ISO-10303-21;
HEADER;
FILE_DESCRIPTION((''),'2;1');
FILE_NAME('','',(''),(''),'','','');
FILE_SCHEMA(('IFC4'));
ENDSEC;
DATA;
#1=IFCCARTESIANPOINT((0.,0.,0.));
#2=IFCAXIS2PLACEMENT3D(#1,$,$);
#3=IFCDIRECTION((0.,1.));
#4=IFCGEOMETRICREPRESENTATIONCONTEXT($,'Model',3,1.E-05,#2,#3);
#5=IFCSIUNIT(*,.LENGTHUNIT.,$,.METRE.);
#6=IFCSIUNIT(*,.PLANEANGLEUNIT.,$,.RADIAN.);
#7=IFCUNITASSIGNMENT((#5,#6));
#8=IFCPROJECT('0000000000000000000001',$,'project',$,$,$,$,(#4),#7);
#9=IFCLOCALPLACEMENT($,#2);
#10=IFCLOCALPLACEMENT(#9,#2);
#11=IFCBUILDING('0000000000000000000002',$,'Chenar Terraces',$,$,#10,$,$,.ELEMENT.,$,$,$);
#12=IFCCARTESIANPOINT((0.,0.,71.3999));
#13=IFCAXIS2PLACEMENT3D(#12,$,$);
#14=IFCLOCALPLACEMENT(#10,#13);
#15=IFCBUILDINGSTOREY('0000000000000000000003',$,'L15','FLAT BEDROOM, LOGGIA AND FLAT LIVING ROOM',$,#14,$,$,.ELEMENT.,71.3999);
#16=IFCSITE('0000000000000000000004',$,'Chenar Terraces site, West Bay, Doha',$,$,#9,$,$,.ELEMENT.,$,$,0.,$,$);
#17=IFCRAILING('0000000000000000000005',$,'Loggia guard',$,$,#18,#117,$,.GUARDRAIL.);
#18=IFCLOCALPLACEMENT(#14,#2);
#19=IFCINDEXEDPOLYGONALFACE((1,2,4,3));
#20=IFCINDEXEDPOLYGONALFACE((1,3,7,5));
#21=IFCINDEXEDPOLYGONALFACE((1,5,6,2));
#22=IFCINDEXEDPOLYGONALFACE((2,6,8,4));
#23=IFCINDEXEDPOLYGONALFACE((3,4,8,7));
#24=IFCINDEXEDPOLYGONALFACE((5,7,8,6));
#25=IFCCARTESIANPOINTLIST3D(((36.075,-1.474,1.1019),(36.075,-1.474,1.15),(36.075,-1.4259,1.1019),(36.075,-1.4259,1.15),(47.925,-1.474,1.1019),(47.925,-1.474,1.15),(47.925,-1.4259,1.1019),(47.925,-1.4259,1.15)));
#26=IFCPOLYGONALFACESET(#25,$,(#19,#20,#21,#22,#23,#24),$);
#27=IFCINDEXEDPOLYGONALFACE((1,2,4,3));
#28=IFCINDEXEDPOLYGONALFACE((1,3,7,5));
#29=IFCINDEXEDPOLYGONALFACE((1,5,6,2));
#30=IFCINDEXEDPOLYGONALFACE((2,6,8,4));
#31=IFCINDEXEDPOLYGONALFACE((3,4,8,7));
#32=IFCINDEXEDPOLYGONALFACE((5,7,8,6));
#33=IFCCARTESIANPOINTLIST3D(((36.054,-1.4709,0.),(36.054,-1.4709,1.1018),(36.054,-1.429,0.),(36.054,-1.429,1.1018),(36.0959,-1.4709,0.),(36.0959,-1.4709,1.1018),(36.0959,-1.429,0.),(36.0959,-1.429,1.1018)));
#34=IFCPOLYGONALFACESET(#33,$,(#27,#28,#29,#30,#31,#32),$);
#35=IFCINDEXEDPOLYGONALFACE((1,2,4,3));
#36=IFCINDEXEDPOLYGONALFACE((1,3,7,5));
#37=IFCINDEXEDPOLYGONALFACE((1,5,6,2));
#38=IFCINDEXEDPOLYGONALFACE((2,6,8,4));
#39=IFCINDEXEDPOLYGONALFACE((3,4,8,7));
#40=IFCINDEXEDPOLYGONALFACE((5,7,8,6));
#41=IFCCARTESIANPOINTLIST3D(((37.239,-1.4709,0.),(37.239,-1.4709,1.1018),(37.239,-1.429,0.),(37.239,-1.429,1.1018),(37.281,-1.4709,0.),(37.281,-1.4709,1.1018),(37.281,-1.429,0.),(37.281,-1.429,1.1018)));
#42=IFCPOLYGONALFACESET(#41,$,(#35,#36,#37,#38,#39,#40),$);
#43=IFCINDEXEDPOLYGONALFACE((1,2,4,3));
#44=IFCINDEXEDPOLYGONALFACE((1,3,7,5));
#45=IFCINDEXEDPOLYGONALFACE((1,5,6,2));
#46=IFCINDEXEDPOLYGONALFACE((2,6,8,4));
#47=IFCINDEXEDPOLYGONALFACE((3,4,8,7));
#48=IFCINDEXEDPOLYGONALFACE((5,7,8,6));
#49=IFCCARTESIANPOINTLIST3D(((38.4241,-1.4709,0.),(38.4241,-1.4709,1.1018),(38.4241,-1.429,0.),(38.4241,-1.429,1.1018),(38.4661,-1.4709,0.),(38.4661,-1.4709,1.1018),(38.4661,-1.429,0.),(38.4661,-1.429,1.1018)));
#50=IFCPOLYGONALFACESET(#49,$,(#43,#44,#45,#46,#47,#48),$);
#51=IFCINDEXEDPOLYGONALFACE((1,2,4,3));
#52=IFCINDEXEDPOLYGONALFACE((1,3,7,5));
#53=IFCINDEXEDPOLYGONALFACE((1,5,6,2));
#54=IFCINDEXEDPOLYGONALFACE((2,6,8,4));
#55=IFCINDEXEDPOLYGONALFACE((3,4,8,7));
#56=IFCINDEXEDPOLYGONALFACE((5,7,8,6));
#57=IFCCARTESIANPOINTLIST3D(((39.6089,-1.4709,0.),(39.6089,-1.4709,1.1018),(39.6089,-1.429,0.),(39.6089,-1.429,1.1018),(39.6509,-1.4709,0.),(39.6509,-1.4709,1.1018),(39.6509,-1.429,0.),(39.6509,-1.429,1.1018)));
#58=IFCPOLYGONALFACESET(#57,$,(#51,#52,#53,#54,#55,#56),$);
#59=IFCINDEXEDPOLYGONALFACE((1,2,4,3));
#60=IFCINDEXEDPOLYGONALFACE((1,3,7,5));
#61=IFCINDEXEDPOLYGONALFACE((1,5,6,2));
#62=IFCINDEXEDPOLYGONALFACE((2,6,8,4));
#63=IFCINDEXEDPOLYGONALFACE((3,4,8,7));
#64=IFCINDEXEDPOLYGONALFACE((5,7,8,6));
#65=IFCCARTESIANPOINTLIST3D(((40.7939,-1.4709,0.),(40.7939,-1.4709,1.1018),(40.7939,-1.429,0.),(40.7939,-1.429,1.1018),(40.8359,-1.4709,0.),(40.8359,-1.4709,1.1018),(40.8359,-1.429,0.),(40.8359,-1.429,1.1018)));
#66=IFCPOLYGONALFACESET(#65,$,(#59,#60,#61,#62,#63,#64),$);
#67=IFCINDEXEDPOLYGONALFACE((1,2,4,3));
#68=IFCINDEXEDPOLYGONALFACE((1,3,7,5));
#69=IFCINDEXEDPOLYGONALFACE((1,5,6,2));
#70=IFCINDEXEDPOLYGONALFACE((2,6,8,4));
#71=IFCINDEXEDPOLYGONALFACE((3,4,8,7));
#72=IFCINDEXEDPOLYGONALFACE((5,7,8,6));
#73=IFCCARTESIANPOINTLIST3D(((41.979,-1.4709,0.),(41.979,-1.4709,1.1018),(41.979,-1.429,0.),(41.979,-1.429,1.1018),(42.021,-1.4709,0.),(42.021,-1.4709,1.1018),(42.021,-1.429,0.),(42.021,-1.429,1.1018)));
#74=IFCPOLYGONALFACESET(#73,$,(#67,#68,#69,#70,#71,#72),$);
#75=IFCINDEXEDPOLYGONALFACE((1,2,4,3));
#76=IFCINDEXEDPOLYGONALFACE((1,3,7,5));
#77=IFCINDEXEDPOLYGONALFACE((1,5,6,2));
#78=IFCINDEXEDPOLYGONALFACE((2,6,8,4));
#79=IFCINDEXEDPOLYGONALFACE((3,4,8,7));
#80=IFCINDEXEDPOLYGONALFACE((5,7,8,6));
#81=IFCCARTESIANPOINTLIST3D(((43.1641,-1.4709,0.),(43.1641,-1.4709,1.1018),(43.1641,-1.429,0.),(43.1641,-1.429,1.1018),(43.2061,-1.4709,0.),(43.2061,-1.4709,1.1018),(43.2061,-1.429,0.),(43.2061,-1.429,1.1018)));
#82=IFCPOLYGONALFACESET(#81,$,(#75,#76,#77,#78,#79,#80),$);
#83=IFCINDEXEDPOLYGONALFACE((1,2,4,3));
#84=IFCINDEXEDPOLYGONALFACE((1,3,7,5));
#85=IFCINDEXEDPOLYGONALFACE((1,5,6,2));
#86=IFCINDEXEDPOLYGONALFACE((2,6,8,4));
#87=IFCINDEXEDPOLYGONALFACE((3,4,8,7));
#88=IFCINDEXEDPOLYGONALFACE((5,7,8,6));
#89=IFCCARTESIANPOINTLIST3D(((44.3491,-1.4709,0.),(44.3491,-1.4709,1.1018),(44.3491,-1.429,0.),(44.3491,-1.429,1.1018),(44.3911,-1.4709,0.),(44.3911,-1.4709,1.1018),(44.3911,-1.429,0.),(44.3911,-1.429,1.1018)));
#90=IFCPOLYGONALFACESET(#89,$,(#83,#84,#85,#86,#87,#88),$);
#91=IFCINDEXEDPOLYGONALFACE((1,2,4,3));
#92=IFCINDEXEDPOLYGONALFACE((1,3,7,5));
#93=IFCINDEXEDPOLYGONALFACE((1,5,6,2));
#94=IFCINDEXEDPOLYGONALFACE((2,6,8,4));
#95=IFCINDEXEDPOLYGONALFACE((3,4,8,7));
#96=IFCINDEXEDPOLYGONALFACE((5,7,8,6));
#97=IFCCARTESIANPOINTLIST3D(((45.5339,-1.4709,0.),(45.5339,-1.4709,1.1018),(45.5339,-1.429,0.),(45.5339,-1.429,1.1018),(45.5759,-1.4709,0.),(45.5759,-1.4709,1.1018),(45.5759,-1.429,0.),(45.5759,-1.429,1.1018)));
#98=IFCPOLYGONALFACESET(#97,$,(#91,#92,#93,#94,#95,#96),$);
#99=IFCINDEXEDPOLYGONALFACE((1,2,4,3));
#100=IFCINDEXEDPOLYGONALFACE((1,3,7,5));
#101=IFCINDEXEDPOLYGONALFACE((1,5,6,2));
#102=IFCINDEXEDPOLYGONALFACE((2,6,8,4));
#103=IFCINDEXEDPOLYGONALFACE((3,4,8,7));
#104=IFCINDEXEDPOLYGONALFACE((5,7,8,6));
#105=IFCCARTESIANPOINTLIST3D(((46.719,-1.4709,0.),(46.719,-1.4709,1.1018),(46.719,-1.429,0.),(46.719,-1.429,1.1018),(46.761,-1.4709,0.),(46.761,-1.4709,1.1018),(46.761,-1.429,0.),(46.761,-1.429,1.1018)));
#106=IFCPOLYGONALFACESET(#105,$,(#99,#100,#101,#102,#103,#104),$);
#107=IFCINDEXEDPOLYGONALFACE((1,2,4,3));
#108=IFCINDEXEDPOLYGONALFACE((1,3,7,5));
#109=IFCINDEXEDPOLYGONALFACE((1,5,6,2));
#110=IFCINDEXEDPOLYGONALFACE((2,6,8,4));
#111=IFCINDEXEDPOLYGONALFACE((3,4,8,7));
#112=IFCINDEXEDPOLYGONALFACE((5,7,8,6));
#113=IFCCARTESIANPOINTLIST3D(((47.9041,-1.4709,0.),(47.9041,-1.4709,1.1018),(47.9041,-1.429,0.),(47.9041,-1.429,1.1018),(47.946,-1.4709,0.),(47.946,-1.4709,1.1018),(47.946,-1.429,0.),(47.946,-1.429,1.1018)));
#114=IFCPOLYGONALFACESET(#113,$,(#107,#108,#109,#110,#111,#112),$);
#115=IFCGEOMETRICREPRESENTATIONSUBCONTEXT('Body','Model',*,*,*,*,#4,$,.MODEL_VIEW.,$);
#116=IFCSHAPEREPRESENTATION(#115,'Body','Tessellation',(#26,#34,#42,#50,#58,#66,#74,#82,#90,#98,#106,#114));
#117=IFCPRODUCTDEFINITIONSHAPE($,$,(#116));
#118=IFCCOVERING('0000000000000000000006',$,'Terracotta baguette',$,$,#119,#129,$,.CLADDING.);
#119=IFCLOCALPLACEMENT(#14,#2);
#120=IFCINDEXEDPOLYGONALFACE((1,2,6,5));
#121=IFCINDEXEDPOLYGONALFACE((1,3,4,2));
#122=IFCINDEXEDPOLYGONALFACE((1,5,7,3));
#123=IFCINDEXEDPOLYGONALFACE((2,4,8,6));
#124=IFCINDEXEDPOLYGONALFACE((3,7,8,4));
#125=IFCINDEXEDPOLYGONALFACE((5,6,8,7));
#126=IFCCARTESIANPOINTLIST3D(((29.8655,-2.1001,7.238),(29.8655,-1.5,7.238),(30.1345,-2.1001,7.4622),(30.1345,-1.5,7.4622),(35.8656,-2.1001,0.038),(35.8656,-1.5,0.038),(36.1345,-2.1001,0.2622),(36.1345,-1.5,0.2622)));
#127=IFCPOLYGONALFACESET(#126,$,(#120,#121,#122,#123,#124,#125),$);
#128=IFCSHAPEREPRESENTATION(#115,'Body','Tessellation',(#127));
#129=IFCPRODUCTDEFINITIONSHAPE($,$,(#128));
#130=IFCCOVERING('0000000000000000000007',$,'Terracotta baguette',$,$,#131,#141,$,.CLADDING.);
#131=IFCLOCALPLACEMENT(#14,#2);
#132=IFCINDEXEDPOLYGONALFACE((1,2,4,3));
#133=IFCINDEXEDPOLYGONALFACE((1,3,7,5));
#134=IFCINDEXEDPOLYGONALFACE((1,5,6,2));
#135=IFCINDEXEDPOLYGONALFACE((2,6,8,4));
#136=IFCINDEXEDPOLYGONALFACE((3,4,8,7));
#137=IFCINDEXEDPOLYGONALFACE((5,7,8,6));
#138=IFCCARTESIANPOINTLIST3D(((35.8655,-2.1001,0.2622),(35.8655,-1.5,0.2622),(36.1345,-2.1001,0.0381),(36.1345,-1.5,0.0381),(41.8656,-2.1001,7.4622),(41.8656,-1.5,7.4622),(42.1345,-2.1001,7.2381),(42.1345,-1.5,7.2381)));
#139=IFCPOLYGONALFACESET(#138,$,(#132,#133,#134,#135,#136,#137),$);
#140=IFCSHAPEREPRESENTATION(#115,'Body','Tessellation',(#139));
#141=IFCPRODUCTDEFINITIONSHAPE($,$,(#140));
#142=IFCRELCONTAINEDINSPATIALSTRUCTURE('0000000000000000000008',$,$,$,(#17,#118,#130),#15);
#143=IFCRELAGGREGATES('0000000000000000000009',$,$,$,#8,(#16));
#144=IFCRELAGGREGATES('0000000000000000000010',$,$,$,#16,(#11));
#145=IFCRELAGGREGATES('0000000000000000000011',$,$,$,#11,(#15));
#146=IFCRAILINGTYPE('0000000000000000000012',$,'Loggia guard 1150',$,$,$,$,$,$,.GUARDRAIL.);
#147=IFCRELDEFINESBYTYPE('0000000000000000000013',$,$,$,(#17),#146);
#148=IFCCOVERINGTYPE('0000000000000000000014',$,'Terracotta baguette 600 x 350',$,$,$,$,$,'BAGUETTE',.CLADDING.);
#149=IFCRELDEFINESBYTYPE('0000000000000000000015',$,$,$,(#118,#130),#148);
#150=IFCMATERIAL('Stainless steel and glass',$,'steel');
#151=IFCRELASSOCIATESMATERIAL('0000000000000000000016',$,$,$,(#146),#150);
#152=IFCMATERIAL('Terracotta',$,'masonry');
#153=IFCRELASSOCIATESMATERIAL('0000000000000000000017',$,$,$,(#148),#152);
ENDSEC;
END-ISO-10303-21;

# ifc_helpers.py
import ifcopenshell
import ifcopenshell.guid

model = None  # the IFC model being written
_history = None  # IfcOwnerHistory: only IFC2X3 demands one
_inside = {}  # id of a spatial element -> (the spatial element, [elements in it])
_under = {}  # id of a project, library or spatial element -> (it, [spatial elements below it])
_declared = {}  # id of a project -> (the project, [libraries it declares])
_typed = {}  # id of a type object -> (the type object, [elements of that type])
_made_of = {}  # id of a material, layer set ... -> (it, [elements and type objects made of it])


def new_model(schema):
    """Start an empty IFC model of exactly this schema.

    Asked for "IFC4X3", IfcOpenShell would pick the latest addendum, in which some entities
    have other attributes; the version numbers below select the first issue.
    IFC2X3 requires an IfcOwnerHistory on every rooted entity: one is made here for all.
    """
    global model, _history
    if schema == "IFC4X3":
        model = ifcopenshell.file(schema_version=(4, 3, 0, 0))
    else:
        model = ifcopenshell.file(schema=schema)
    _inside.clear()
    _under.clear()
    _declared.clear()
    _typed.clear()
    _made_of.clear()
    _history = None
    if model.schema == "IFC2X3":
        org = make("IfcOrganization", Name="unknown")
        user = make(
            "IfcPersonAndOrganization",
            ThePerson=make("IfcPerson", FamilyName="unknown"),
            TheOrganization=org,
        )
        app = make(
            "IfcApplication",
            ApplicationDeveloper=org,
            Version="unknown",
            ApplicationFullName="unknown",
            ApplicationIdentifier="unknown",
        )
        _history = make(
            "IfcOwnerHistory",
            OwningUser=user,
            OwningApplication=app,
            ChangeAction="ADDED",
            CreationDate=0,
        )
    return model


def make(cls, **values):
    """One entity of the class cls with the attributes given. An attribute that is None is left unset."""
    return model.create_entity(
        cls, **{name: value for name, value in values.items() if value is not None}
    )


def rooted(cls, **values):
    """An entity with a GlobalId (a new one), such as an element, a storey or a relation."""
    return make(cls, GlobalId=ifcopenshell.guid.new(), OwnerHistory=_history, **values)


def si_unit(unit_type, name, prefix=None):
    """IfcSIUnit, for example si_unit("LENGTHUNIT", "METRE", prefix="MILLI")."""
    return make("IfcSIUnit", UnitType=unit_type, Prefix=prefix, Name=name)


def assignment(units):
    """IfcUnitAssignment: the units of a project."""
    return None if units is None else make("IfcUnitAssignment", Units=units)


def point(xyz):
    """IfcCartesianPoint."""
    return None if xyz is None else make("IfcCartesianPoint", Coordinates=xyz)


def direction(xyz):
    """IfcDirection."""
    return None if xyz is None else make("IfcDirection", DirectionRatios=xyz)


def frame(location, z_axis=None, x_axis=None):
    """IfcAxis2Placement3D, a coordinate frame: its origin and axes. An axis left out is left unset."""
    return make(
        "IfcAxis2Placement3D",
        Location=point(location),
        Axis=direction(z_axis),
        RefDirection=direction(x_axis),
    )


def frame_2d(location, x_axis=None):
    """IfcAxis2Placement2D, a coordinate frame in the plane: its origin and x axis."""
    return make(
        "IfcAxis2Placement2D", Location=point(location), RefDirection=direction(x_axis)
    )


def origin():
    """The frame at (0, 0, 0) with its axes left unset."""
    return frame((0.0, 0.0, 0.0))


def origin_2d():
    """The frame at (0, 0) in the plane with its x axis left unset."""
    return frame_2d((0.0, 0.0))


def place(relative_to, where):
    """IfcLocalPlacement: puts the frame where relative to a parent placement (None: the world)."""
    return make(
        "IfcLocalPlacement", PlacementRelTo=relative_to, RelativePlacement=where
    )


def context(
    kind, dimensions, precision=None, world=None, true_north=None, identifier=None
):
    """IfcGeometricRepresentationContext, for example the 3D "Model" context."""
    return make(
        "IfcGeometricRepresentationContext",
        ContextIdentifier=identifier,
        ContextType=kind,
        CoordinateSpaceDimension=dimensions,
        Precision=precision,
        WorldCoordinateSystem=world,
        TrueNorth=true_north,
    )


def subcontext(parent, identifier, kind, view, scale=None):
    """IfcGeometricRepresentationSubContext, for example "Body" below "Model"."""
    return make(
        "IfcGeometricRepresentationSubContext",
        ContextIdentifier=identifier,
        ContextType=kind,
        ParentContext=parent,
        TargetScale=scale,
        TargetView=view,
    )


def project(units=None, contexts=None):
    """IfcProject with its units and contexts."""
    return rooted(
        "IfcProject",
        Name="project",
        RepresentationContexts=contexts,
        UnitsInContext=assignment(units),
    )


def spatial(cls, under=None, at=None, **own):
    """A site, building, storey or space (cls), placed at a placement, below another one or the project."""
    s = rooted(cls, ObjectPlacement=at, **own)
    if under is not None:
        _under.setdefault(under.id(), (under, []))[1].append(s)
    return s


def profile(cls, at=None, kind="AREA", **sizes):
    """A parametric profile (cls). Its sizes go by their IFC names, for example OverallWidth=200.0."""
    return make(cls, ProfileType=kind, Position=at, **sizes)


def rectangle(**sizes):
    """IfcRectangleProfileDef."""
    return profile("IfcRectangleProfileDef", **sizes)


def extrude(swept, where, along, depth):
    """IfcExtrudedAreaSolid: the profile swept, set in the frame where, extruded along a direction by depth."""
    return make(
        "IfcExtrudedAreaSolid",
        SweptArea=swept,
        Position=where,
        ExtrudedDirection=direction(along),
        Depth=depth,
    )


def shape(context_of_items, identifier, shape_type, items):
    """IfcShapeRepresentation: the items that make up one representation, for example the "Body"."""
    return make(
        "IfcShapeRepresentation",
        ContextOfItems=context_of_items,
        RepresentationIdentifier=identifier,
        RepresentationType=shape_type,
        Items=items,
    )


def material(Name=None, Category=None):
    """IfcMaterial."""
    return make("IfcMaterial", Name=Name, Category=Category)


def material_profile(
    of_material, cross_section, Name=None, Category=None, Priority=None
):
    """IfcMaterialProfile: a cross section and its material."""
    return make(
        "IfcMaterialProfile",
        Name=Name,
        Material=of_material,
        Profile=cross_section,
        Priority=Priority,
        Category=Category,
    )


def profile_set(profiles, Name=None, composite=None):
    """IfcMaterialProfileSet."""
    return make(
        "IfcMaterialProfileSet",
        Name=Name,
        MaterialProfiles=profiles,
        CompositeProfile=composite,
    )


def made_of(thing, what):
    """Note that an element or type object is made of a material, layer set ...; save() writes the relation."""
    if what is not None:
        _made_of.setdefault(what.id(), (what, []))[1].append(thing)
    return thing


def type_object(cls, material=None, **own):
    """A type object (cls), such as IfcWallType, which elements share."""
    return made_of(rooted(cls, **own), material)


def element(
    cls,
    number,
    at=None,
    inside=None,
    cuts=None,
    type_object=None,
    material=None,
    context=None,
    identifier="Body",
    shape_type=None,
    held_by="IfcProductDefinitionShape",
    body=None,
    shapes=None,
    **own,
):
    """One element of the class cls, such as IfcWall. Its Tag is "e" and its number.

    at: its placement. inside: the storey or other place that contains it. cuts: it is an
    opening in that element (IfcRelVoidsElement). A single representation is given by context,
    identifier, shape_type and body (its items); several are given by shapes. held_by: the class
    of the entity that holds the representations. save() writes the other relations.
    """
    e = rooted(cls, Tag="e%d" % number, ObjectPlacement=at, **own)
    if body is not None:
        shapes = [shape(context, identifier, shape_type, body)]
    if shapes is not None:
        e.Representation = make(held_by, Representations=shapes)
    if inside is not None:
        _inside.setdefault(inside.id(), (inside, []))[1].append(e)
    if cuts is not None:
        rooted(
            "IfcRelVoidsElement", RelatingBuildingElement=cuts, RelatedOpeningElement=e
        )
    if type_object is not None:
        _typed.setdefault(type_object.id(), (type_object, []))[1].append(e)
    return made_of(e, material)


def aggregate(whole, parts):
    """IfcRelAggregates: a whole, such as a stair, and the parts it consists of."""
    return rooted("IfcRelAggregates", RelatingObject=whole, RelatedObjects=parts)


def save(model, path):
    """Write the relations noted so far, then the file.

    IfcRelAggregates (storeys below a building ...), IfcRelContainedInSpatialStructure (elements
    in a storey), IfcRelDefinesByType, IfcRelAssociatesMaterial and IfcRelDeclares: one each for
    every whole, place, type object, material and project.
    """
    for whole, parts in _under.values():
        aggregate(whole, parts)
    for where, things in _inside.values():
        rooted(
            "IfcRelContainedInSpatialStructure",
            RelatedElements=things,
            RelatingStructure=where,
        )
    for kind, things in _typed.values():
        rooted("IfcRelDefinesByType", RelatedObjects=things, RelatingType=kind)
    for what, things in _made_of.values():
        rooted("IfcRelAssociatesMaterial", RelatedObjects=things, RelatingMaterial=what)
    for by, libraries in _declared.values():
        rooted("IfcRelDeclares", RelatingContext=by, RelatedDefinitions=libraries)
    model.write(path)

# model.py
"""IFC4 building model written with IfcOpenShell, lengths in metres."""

from ifc_helpers import new_model, si_unit, direction, frame, origin, origin_2d, place, context, subcontext, project, spatial, rectangle, extrude, material, material_profile, profile_set, type_object, element, save


model = new_model("IFC4")

# Units and contexts
model_context = context("Model", 3, precision=1e-05, world=origin(), true_north=direction((0.0, 1.0)))
body_context = subcontext(model_context, "Body", "Model", "MODEL_VIEW")
ifc_project = project(units=[si_unit("LENGTHUNIT", "METRE"), si_unit("PLANEANGLEUNIT", "RADIAN")], contexts=[model_context])

# Site, building, storey
site_placement = place(None, origin())
site = spatial("IfcSite", under=ifc_project, at=site_placement, Name="Chenar Terraces site, West Bay, Doha", CompositionType="ELEMENT", RefElevation=0.0)
building_placement = place(site_placement, origin())
building = spatial("IfcBuilding", under=site, at=building_placement, Name="Chenar Terraces", CompositionType="ELEMENT")
storey_placement = place(building_placement, frame((0.0, 0.0, 71.3999)))
storey = spatial("IfcBuildingStorey", under=building, at=storey_placement, Name="L15", Description="FLAT BEDROOM, LOGGIA AND FLAT LIVING ROOM", CompositionType="ELEMENT", Elevation=71.3999)

# Railing
ifc_material_1 = material(Name="Stainless steel and glass", Category="steel")
railing_type = type_object("IfcRailingType", Name="Loggia guard 1150", PredefinedType="GUARDRAIL", material=ifc_material_1)
railing_placement = place(storey_placement, frame((36.075, -1.45, 0.0)))
element("IfcRailing", 1, at=railing_placement, inside=storey, type_object=railing_type, Name="Loggia guard", PredefinedType="GUARDRAIL", context=body_context, shape_type="SweptSolid", body=[
    extrude(rectangle(XDim=0.0481, YDim=0.0481, at=origin_2d()), frame((0.0, 0.0, 1.126), z_axis=(1.0, 0.0, 0.0), x_axis=(0.0, 1.0, 0.0)), (0.0, 0.0, 1.0), 11.8501),
    extrude(rectangle(XDim=0.042, YDim=0.042, at=origin_2d()), origin(), (0.0, 0.0, 1.0), 1.1018),
    extrude(rectangle(XDim=0.042, YDim=0.042, at=origin_2d()), frame((1.1851, 0.0, 0.0)), (0.0, 0.0, 1.0), 1.1018),
    extrude(rectangle(XDim=0.042, YDim=0.042, at=origin_2d()), frame((2.3701, 0.0, 0.0)), (0.0, 0.0, 1.0), 1.1018),
    extrude(rectangle(XDim=0.042, YDim=0.042, at=origin_2d()), frame((3.5549, 0.0, 0.0)), (0.0, 0.0, 1.0), 1.1018),
    extrude(rectangle(XDim=0.042, YDim=0.042, at=origin_2d()), frame((4.74, 0.0, 0.0)), (0.0, 0.0, 1.0), 1.1018),
    extrude(rectangle(XDim=0.042, YDim=0.042, at=origin_2d()), frame((5.925, 0.0, 0.0)), (0.0, 0.0, 1.0), 1.1018),
    extrude(rectangle(XDim=0.042, YDim=0.042, at=origin_2d()), frame((7.1101, 0.0, 0.0)), (0.0, 0.0, 1.0), 1.1018),
    extrude(rectangle(XDim=0.042, YDim=0.042, at=origin_2d()), frame((8.2952, 0.0, 0.0)), (0.0, 0.0, 1.0), 1.1018),
    extrude(rectangle(XDim=0.042, YDim=0.042, at=origin_2d()), frame((9.48, 0.0, 0.0)), (0.0, 0.0, 1.0), 1.1018),
    extrude(rectangle(XDim=0.042, YDim=0.042, at=origin_2d()), frame((10.665, 0.0, 0.0)), (0.0, 0.0, 1.0), 1.1018),
    extrude(rectangle(XDim=0.042, YDim=0.042, at=origin_2d()), frame((11.8501, 0.0, 0.0)), (0.0, 0.0, 1.0), 1.1018),
])

# Coverings
ifc_material_2 = material(Name="Terracotta", Category="masonry")
ifc_material_profile_1 = material_profile(ifc_material_2, rectangle(XDim=0.6001, YDim=0.3501, at=origin_2d()), Name="Terracotta baguette 600 x 350")
ifc_profile_set_1 = profile_set([ifc_material_profile_1], Name="Terracotta")
covering_type = type_object("IfcCoveringType", Name="Terracotta baguette 600 x 350", ElementType="BAGUETTE", PredefinedType="CLADDING", material=ifc_profile_set_1)
for number, where, z_axis, x_axis, name in (
    (2, (30.0, -1.8, 7.3501), (0.640187, 0.0, -0.768219), (0.0, 1.0, 0.0), "Terracotta baguette"),
    (3, (36.0, -1.8, 0.1501), (0.640187, 0.0, 0.768219), (0.0, 1.0, 0.0), "Terracotta baguette"),
):
    element("IfcCovering", number, at=place(storey_placement, frame(where, z_axis=z_axis, x_axis=x_axis)), inside=storey, type_object=covering_type, Name=name, PredefinedType="CLADDING", context=body_context, shape_type="SweptSolid", body=[
        extrude(rectangle(XDim=0.6001, YDim=0.3501, at=origin_2d()), origin(), (0.0, 0.0, 1.0), 9.3723),
    ])

save(model, "model.ifc")
